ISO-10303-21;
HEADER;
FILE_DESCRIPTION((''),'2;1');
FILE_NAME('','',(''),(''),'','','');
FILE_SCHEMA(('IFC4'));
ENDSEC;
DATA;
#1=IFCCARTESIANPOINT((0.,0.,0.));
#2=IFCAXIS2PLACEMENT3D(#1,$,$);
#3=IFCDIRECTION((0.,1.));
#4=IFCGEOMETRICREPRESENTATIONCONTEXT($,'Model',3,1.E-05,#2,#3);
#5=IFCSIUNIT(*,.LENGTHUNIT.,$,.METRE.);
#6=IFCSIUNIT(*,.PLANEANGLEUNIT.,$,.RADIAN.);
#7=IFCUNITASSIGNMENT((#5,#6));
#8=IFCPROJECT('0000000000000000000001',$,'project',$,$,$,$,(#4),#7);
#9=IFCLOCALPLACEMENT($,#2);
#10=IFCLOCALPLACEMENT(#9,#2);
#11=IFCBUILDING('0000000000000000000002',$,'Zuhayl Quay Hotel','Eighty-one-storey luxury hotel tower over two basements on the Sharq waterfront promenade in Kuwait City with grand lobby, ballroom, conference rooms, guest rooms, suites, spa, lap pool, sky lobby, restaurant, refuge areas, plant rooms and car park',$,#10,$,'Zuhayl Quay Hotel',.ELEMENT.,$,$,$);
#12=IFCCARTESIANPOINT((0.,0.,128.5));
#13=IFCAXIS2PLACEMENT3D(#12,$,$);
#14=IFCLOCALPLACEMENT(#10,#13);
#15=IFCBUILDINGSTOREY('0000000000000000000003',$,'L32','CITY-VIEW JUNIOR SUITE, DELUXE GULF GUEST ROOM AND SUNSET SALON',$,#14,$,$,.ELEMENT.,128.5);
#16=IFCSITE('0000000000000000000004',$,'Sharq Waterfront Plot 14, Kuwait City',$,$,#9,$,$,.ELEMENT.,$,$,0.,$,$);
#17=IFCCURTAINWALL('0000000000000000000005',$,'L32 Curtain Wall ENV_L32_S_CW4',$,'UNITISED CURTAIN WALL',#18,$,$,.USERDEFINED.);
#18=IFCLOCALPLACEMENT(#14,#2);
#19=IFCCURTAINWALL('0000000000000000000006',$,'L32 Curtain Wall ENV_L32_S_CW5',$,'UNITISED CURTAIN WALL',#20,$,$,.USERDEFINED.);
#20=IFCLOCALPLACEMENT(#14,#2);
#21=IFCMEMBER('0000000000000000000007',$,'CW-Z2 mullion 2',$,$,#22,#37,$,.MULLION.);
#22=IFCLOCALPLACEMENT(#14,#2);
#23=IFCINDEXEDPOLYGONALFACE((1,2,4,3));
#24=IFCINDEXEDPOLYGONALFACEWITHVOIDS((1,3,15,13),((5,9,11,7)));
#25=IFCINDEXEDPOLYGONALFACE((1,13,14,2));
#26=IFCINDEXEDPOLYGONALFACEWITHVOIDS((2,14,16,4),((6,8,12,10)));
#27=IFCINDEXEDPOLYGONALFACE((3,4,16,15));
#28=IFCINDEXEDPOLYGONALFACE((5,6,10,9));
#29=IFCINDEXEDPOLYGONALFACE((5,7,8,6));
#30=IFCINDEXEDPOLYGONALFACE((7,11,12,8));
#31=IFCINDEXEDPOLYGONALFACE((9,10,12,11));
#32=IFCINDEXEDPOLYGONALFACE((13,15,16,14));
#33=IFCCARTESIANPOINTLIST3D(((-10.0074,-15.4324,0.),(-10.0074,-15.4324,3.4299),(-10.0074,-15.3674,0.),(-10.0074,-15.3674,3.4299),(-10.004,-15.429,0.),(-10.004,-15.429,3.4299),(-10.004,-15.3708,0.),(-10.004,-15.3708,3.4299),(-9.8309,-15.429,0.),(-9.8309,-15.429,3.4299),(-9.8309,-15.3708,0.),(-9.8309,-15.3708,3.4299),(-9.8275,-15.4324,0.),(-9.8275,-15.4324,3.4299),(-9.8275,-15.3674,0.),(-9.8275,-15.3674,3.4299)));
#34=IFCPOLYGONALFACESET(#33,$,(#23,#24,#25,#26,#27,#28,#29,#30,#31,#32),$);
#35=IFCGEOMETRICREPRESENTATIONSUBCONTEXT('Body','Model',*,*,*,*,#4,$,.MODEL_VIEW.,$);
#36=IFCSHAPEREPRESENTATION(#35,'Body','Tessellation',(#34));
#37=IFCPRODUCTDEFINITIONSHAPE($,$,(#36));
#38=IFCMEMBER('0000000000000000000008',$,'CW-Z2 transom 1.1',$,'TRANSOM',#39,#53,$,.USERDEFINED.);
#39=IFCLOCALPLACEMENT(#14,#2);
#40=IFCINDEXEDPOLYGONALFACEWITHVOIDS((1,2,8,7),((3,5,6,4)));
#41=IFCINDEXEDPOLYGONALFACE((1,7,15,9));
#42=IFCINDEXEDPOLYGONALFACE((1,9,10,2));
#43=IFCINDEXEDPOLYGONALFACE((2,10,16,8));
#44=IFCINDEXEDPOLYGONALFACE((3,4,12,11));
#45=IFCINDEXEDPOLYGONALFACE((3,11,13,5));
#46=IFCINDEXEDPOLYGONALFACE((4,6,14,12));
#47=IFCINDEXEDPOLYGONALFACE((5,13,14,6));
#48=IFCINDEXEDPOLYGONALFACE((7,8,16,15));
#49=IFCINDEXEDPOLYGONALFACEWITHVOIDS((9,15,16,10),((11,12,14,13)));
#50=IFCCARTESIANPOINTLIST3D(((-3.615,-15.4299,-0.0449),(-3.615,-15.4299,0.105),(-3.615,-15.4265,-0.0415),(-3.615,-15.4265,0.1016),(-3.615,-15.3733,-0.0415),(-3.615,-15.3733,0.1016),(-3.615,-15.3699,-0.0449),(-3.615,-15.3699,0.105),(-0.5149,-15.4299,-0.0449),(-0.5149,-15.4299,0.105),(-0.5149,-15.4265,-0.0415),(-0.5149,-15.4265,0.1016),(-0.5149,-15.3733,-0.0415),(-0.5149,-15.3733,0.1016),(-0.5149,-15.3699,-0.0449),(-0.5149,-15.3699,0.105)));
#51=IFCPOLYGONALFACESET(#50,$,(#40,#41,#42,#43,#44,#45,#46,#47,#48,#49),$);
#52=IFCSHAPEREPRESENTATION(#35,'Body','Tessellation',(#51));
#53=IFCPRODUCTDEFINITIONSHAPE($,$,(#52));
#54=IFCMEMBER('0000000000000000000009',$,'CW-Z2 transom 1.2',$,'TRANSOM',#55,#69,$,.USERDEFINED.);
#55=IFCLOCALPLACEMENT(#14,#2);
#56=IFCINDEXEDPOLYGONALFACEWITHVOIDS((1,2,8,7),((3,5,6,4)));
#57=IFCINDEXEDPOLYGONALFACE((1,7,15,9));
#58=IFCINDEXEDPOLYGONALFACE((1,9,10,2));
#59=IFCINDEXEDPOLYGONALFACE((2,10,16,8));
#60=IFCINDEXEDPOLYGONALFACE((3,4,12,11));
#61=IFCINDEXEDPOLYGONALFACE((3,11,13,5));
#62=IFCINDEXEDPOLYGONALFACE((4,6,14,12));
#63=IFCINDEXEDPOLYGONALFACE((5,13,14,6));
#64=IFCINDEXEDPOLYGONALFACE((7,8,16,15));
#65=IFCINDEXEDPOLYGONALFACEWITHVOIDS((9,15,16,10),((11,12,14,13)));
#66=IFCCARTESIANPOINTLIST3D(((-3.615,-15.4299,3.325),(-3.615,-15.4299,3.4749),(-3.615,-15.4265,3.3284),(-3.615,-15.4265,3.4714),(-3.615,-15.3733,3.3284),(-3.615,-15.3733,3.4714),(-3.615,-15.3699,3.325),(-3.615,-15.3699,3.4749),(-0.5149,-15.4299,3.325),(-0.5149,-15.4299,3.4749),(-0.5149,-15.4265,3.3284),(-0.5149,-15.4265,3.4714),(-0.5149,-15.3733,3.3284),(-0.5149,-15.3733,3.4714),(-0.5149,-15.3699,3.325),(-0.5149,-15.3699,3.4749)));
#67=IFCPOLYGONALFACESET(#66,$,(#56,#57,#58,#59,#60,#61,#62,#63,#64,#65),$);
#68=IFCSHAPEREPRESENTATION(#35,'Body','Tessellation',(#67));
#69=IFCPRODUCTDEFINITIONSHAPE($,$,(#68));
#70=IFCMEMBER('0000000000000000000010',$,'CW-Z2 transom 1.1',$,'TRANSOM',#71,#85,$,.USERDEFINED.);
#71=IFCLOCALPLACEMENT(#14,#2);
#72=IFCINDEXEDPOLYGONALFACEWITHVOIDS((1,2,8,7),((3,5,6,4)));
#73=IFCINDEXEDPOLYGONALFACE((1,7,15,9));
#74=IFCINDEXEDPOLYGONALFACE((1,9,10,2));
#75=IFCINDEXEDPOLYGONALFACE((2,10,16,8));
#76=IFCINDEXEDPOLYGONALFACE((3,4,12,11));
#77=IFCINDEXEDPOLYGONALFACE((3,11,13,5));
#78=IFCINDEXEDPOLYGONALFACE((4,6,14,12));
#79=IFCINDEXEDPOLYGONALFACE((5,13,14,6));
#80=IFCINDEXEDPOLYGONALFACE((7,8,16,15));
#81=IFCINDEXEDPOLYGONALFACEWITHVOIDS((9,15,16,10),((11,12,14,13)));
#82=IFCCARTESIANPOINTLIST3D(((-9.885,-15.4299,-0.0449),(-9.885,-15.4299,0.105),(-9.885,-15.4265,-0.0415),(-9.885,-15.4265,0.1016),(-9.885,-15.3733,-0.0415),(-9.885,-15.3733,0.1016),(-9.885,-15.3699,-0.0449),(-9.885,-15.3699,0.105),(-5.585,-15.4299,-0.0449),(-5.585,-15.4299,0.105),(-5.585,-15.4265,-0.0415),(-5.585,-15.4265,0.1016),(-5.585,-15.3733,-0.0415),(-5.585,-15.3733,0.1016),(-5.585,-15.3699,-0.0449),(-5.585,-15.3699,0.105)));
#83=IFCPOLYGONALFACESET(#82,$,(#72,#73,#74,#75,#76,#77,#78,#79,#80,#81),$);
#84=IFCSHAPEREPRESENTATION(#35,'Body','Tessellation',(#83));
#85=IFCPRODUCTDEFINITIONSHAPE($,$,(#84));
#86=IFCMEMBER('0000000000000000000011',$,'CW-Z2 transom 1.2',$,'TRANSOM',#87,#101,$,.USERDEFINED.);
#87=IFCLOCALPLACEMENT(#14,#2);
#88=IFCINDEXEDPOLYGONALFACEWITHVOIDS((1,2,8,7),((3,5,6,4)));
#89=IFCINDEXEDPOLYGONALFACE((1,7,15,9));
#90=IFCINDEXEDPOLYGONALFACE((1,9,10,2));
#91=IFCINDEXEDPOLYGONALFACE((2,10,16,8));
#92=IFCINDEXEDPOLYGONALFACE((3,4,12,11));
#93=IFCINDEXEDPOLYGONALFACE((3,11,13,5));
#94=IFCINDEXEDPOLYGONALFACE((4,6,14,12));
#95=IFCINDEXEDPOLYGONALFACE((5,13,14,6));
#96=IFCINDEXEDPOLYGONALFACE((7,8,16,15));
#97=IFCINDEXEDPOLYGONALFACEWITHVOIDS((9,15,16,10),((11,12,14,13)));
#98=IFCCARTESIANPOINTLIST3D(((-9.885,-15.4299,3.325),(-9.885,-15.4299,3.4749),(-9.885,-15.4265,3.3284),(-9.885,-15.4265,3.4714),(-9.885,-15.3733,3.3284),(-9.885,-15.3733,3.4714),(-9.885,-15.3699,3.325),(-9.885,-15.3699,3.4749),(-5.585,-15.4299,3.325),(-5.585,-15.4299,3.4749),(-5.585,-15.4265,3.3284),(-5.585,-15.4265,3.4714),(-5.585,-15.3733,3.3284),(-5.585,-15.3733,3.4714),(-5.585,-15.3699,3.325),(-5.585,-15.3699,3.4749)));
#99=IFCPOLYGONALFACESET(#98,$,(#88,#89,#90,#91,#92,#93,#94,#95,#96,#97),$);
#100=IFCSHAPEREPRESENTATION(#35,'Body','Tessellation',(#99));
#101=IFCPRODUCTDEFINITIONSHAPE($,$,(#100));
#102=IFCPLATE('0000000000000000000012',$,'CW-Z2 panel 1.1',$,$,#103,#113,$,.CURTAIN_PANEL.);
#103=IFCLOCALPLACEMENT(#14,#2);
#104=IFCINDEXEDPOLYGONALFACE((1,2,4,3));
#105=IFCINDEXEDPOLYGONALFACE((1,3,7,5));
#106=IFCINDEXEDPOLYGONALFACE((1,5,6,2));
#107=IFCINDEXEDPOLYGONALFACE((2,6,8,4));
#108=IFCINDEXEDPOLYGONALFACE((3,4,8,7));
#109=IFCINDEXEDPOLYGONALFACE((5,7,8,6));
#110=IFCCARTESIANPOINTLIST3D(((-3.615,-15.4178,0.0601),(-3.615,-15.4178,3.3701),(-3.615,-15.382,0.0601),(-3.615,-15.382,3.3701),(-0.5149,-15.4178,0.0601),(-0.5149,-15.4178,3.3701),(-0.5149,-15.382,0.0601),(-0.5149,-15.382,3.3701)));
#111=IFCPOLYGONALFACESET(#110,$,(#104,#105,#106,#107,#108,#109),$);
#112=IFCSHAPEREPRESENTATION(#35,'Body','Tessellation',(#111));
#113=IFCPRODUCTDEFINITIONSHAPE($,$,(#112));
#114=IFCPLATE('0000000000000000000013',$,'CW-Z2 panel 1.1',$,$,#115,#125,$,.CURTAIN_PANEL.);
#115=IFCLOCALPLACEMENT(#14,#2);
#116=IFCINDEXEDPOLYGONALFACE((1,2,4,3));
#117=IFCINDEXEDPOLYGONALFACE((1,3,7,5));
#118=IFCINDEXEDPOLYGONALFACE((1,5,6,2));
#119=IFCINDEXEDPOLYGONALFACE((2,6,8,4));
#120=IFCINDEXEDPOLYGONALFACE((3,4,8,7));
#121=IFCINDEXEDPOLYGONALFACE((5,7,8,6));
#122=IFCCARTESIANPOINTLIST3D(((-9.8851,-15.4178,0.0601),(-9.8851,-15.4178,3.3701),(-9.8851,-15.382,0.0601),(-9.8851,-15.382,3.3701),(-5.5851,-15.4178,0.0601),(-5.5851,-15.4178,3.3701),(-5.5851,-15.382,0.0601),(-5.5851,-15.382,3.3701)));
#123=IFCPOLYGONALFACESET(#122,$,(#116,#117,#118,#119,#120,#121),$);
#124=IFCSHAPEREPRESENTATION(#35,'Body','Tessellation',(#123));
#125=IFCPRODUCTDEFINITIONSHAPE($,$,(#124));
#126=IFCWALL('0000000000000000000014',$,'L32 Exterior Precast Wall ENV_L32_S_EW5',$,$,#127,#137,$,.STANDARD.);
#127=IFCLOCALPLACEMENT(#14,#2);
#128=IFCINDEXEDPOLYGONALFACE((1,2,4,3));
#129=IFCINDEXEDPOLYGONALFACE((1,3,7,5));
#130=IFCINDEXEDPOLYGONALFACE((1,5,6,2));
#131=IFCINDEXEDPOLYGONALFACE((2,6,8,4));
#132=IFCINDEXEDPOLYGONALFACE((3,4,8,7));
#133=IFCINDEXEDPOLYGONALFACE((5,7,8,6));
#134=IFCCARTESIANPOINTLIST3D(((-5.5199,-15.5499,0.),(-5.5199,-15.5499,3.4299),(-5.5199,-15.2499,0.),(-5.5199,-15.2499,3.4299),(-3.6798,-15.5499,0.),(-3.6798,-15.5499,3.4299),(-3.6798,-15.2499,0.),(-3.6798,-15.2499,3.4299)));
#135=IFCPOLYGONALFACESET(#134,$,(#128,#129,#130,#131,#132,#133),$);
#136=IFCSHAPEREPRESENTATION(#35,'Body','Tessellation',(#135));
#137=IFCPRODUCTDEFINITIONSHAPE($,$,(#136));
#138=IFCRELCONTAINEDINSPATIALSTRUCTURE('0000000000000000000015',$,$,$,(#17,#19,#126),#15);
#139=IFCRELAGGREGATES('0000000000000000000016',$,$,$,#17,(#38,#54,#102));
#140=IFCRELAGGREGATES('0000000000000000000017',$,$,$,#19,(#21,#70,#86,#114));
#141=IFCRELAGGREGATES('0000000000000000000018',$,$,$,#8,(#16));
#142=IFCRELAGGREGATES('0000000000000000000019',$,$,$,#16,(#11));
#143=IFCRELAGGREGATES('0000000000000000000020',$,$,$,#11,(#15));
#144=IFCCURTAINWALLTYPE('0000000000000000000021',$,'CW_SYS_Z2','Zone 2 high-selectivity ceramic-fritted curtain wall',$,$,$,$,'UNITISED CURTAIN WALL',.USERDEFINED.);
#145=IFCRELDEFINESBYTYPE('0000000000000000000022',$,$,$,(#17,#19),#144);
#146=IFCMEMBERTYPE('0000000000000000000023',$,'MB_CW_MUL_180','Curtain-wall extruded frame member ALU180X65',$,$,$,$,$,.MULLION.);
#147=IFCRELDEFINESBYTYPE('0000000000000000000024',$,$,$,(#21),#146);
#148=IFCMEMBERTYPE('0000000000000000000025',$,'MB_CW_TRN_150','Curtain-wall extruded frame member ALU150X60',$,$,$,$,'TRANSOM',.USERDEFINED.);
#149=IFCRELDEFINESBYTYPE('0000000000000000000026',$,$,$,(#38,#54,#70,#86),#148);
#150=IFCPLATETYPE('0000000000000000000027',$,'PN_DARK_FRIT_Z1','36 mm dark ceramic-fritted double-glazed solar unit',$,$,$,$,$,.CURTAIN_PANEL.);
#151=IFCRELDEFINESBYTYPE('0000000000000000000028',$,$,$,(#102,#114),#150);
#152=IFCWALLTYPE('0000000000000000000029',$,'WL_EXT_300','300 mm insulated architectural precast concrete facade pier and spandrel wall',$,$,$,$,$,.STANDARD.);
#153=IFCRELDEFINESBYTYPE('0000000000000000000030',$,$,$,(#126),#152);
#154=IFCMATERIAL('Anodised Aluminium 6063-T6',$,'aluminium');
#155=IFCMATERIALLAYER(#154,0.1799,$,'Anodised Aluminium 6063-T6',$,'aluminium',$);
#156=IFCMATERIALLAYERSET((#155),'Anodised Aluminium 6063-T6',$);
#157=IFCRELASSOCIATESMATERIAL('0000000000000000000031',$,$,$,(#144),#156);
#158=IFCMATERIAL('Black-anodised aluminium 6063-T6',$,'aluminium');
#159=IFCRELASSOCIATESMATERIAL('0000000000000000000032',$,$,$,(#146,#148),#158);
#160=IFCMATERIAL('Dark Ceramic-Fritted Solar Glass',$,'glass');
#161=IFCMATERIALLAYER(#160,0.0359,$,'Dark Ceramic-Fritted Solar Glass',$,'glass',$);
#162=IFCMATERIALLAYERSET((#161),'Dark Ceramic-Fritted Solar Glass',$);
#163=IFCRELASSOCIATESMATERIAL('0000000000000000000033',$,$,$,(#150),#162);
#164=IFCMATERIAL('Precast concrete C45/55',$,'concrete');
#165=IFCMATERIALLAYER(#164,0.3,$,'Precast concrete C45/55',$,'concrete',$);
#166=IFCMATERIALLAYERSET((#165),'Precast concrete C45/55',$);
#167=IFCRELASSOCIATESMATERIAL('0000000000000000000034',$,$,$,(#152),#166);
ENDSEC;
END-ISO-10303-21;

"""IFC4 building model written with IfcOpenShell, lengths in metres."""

from ifc_helpers import new_model, si_unit, direction, frame, frame_2d, origin, origin_2d, place, context, subcontext, project, spatial, rectangle, hollow_rectangle, extrude, material, layer, layer_set, material_profile, profile_set, type_object, element, aggregate, save


model = new_model("IFC4")

# Units and contexts
model_context = context("Model", 3, precision=1e-05, world=origin(), true_north=direction((0.0, 1.0)))
body_context = subcontext(model_context, "Body", "Model", "MODEL_VIEW")
ifc_project = project(units=[si_unit("LENGTHUNIT", "METRE"), si_unit("PLANEANGLEUNIT", "RADIAN")], contexts=[model_context])

# Site, building, storey
site_placement = place(None, origin())
site = spatial("IfcSite", under=ifc_project, at=site_placement, Name="Sharq Waterfront Plot 14, Kuwait City", CompositionType="ELEMENT", RefElevation=0.0)
building_placement = place(site_placement, origin())
building = spatial("IfcBuilding", under=site, at=building_placement, Name="Zuhayl Quay Hotel", Description="Eighty-one-storey luxury hotel tower over two basements on the Sharq waterfront promenade in Kuwait City with grand lobby, ballroom, conference rooms, guest rooms, suites, spa, lap pool, sky lobby, restaurant, refuge areas, plant rooms and car park", LongName="Zuhayl Quay Hotel", CompositionType="ELEMENT")
storey_placement = place(building_placement, frame((0.0, 0.0, 128.5)))
storey = spatial("IfcBuildingStorey", under=building, at=storey_placement, Name="L32", Description="CITY-VIEW JUNIOR SUITE, DELUXE GULF GUEST ROOM AND SUNSET SALON", CompositionType="ELEMENT", Elevation=128.5)

# Curtain walls, member
ifc_material_1 = material(Name="Anodised Aluminium 6063-T6", Category="aluminium")
ifc_layer_1 = layer(ifc_material_1, 0.1799, Name="Anodised Aluminium 6063-T6", Category="aluminium")
ifc_layer_set_1 = layer_set([ifc_layer_1], Name="Anodised Aluminium 6063-T6")
curtain_wall_type = type_object("IfcCurtainWallType", Name="CW_SYS_Z2", Description="Zone 2 high-selectivity ceramic-fritted curtain wall", ElementType="UNITISED CURTAIN WALL", PredefinedType="USERDEFINED", material=ifc_layer_set_1)
curtain_wall_1_placement = place(storey_placement, origin())
curtain_wall_1 = element("IfcCurtainWall", 1, at=curtain_wall_1_placement, inside=storey, type_object=curtain_wall_type, Name="L32 Curtain Wall ENV_L32_S_CW4", ObjectType="UNITISED CURTAIN WALL", PredefinedType="USERDEFINED")
ifc_material_2 = material(Name="Black-anodised aluminium 6063-T6", Category="aluminium")
ifc_material_profile_1 = material_profile(ifc_material_2, hollow_rectangle(XDim=0.0649, YDim=0.1799, WallThickness=0.0034, at=origin_2d()), Name="ALU180X65")
ifc_profile_set_1 = profile_set([ifc_material_profile_1], Name="Black-anodised aluminium 6063-T6")
member_type_1 = type_object("IfcMemberType", Name="MB_CW_MUL_180", Description="Curtain-wall extruded frame member ALU180X65", PredefinedType="MULLION", material=ifc_profile_set_1)
curtain_wall_2_placement = place(storey_placement, origin())
curtain_wall_2 = element("IfcCurtainWall", 2, at=curtain_wall_2_placement, inside=storey, type_object=curtain_wall_type, Name="L32 Curtain Wall ENV_L32_S_CW5", ObjectType="UNITISED CURTAIN WALL", PredefinedType="USERDEFINED")
member_1_placement = place(storey_placement, frame((-9.9175, -15.3999, 0.0), z_axis=(0.0, 0.0, 1.0), x_axis=(0.0, -1.0, 0.0)))
member_1 = element("IfcMember", 3, at=member_1_placement, type_object=member_type_1, Name="CW-Z2 mullion 2", PredefinedType="MULLION", context=body_context, shape_type="SweptSolid", body=[
    extrude(hollow_rectangle(XDim=0.0649, YDim=0.1799, WallThickness=0.0034, at=origin_2d()), origin(), (0.0, 0.0, 1.0), 3.4299),
])

# Members
ifc_material_profile_2 = material_profile(ifc_material_2, hollow_rectangle(XDim=0.0601, YDim=0.1499, WallThickness=0.0034, at=origin_2d()), Name="ALU150X60")
ifc_profile_set_2 = profile_set([ifc_material_profile_2], Name="Black-anodised aluminium 6063-T6")
member_type_2 = type_object("IfcMemberType", Name="MB_CW_TRN_150", Description="Curtain-wall extruded frame member ALU150X60", ElementType="TRANSOM", PredefinedType="USERDEFINED", material=ifc_profile_set_2)
member_2_placement = place(storey_placement, frame((-0.5149, -15.3999, 0.03), z_axis=(-1.0, 0.0, 0.0), x_axis=(0.0, -1.0, 0.0)))
member_2 = element("IfcMember", 4, at=member_2_placement, type_object=member_type_2, Name="CW-Z2 transom 1.1", ObjectType="TRANSOM", PredefinedType="USERDEFINED", context=body_context, shape_type="SweptSolid", body=[
    extrude(hollow_rectangle(XDim=0.0601, YDim=0.1499, WallThickness=0.0034, at=origin_2d()), origin(), (0.0, 0.0, 1.0), 3.1001),
])
member_3_placement = place(storey_placement, frame((-0.5149, -15.3999, 3.3999), z_axis=(-1.0, 0.0, 0.0), x_axis=(0.0, -1.0, 0.0)))
member_3 = element("IfcMember", 5, at=member_3_placement, type_object=member_type_2, Name="CW-Z2 transom 1.2", ObjectType="TRANSOM", PredefinedType="USERDEFINED", context=body_context, shape_type="SweptSolid", body=[
    extrude(hollow_rectangle(XDim=0.0601, YDim=0.1499, WallThickness=0.0034, at=origin_2d()), origin(), (0.0, 0.0, 1.0), 3.1001),
])
member_4_placement = place(storey_placement, frame((-5.585, -15.3999, 0.03), z_axis=(-1.0, 0.0, 0.0), x_axis=(0.0, -1.0, 0.0)))
member_4 = element("IfcMember", 6, at=member_4_placement, type_object=member_type_2, Name="CW-Z2 transom 1.1", ObjectType="TRANSOM", PredefinedType="USERDEFINED", context=body_context, shape_type="SweptSolid", body=[
    extrude(hollow_rectangle(XDim=0.0601, YDim=0.1499, WallThickness=0.0034, at=origin_2d()), origin(), (0.0, 0.0, 1.0), 4.3),
])
member_5_placement = place(storey_placement, frame((-5.585, -15.3999, 3.3999), z_axis=(-1.0, 0.0, 0.0), x_axis=(0.0, -1.0, 0.0)))
member_5 = element("IfcMember", 7, at=member_5_placement, type_object=member_type_2, Name="CW-Z2 transom 1.2", ObjectType="TRANSOM", PredefinedType="USERDEFINED", context=body_context, shape_type="SweptSolid", body=[
    extrude(hollow_rectangle(XDim=0.0601, YDim=0.1499, WallThickness=0.0034, at=origin_2d()), origin(), (0.0, 0.0, 1.0), 4.3),
])

# Plates
ifc_material_3 = material(Name="Dark Ceramic-Fritted Solar Glass", Category="glass")
ifc_layer_2 = layer(ifc_material_3, 0.0359, Name="Dark Ceramic-Fritted Solar Glass", Category="glass")
ifc_layer_set_2 = layer_set([ifc_layer_2], Name="Dark Ceramic-Fritted Solar Glass")
plate_type = type_object("IfcPlateType", Name="PN_DARK_FRIT_Z1", Description="36 mm dark ceramic-fritted double-glazed solar unit", PredefinedType="CURTAIN_PANEL", material=ifc_layer_set_2)
plate_1_placement = place(storey_placement, frame((-2.0649, -15.3999, 0.0601), z_axis=(0.0, 0.0, 1.0), x_axis=(-1.0, 0.0, 0.0)))
plate_1 = element("IfcPlate", 8, at=plate_1_placement, type_object=plate_type, Name="CW-Z2 panel 1.1", PredefinedType="CURTAIN_PANEL", context=body_context, shape_type="SweptSolid", body=[
    extrude(rectangle(XDim=3.1001, YDim=0.0359, at=origin_2d()), origin(), (0.0, 0.0, 1.0), 3.3101),
])
aggregate(curtain_wall_1, [member_2, member_3, plate_1])
plate_2_placement = place(storey_placement, frame((-7.7351, -15.3999, 0.0601), z_axis=(0.0, 0.0, 1.0), x_axis=(-1.0, 0.0, 0.0)))
plate_2 = element("IfcPlate", 9, at=plate_2_placement, type_object=plate_type, Name="CW-Z2 panel 1.1", PredefinedType="CURTAIN_PANEL", context=body_context, shape_type="SweptSolid", body=[
    extrude(rectangle(XDim=4.3, YDim=0.0359, at=origin_2d()), origin(), (0.0, 0.0, 1.0), 3.3101),
])
aggregate(curtain_wall_2, [member_1, member_4, member_5, plate_2])

# Wall
ifc_material_4 = material(Name="Precast concrete C45/55", Category="concrete")
ifc_layer_3 = layer(ifc_material_4, 0.3, Name="Precast concrete C45/55", Category="concrete")
ifc_layer_set_3 = layer_set([ifc_layer_3], Name="Precast concrete C45/55")
wall_type_1 = type_object("IfcWallType", Name="WL_EXT_300", Description="300 mm insulated architectural precast concrete facade pier and spandrel wall", PredefinedType="STANDARD", material=ifc_layer_set_3)
wall_1_placement = place(storey_placement, frame((-3.6799, -15.3999, 0.0), z_axis=(0.0, 0.0, 1.0), x_axis=(-1.0, 0.0, 0.0)))
element("IfcWall", 10, at=wall_1_placement, inside=storey, type_object=wall_type_1, Name="L32 Exterior Precast Wall ENV_L32_S_EW5", PredefinedType="STANDARD", context=body_context, shape_type="SweptSolid", body=[
    extrude(rectangle(XDim=1.8401, YDim=0.3, at=frame_2d((0.9199, 0.0))), origin(), (0.0, 0.0, 1.0), 3.4299),
])

save(model, "model.ifc")
